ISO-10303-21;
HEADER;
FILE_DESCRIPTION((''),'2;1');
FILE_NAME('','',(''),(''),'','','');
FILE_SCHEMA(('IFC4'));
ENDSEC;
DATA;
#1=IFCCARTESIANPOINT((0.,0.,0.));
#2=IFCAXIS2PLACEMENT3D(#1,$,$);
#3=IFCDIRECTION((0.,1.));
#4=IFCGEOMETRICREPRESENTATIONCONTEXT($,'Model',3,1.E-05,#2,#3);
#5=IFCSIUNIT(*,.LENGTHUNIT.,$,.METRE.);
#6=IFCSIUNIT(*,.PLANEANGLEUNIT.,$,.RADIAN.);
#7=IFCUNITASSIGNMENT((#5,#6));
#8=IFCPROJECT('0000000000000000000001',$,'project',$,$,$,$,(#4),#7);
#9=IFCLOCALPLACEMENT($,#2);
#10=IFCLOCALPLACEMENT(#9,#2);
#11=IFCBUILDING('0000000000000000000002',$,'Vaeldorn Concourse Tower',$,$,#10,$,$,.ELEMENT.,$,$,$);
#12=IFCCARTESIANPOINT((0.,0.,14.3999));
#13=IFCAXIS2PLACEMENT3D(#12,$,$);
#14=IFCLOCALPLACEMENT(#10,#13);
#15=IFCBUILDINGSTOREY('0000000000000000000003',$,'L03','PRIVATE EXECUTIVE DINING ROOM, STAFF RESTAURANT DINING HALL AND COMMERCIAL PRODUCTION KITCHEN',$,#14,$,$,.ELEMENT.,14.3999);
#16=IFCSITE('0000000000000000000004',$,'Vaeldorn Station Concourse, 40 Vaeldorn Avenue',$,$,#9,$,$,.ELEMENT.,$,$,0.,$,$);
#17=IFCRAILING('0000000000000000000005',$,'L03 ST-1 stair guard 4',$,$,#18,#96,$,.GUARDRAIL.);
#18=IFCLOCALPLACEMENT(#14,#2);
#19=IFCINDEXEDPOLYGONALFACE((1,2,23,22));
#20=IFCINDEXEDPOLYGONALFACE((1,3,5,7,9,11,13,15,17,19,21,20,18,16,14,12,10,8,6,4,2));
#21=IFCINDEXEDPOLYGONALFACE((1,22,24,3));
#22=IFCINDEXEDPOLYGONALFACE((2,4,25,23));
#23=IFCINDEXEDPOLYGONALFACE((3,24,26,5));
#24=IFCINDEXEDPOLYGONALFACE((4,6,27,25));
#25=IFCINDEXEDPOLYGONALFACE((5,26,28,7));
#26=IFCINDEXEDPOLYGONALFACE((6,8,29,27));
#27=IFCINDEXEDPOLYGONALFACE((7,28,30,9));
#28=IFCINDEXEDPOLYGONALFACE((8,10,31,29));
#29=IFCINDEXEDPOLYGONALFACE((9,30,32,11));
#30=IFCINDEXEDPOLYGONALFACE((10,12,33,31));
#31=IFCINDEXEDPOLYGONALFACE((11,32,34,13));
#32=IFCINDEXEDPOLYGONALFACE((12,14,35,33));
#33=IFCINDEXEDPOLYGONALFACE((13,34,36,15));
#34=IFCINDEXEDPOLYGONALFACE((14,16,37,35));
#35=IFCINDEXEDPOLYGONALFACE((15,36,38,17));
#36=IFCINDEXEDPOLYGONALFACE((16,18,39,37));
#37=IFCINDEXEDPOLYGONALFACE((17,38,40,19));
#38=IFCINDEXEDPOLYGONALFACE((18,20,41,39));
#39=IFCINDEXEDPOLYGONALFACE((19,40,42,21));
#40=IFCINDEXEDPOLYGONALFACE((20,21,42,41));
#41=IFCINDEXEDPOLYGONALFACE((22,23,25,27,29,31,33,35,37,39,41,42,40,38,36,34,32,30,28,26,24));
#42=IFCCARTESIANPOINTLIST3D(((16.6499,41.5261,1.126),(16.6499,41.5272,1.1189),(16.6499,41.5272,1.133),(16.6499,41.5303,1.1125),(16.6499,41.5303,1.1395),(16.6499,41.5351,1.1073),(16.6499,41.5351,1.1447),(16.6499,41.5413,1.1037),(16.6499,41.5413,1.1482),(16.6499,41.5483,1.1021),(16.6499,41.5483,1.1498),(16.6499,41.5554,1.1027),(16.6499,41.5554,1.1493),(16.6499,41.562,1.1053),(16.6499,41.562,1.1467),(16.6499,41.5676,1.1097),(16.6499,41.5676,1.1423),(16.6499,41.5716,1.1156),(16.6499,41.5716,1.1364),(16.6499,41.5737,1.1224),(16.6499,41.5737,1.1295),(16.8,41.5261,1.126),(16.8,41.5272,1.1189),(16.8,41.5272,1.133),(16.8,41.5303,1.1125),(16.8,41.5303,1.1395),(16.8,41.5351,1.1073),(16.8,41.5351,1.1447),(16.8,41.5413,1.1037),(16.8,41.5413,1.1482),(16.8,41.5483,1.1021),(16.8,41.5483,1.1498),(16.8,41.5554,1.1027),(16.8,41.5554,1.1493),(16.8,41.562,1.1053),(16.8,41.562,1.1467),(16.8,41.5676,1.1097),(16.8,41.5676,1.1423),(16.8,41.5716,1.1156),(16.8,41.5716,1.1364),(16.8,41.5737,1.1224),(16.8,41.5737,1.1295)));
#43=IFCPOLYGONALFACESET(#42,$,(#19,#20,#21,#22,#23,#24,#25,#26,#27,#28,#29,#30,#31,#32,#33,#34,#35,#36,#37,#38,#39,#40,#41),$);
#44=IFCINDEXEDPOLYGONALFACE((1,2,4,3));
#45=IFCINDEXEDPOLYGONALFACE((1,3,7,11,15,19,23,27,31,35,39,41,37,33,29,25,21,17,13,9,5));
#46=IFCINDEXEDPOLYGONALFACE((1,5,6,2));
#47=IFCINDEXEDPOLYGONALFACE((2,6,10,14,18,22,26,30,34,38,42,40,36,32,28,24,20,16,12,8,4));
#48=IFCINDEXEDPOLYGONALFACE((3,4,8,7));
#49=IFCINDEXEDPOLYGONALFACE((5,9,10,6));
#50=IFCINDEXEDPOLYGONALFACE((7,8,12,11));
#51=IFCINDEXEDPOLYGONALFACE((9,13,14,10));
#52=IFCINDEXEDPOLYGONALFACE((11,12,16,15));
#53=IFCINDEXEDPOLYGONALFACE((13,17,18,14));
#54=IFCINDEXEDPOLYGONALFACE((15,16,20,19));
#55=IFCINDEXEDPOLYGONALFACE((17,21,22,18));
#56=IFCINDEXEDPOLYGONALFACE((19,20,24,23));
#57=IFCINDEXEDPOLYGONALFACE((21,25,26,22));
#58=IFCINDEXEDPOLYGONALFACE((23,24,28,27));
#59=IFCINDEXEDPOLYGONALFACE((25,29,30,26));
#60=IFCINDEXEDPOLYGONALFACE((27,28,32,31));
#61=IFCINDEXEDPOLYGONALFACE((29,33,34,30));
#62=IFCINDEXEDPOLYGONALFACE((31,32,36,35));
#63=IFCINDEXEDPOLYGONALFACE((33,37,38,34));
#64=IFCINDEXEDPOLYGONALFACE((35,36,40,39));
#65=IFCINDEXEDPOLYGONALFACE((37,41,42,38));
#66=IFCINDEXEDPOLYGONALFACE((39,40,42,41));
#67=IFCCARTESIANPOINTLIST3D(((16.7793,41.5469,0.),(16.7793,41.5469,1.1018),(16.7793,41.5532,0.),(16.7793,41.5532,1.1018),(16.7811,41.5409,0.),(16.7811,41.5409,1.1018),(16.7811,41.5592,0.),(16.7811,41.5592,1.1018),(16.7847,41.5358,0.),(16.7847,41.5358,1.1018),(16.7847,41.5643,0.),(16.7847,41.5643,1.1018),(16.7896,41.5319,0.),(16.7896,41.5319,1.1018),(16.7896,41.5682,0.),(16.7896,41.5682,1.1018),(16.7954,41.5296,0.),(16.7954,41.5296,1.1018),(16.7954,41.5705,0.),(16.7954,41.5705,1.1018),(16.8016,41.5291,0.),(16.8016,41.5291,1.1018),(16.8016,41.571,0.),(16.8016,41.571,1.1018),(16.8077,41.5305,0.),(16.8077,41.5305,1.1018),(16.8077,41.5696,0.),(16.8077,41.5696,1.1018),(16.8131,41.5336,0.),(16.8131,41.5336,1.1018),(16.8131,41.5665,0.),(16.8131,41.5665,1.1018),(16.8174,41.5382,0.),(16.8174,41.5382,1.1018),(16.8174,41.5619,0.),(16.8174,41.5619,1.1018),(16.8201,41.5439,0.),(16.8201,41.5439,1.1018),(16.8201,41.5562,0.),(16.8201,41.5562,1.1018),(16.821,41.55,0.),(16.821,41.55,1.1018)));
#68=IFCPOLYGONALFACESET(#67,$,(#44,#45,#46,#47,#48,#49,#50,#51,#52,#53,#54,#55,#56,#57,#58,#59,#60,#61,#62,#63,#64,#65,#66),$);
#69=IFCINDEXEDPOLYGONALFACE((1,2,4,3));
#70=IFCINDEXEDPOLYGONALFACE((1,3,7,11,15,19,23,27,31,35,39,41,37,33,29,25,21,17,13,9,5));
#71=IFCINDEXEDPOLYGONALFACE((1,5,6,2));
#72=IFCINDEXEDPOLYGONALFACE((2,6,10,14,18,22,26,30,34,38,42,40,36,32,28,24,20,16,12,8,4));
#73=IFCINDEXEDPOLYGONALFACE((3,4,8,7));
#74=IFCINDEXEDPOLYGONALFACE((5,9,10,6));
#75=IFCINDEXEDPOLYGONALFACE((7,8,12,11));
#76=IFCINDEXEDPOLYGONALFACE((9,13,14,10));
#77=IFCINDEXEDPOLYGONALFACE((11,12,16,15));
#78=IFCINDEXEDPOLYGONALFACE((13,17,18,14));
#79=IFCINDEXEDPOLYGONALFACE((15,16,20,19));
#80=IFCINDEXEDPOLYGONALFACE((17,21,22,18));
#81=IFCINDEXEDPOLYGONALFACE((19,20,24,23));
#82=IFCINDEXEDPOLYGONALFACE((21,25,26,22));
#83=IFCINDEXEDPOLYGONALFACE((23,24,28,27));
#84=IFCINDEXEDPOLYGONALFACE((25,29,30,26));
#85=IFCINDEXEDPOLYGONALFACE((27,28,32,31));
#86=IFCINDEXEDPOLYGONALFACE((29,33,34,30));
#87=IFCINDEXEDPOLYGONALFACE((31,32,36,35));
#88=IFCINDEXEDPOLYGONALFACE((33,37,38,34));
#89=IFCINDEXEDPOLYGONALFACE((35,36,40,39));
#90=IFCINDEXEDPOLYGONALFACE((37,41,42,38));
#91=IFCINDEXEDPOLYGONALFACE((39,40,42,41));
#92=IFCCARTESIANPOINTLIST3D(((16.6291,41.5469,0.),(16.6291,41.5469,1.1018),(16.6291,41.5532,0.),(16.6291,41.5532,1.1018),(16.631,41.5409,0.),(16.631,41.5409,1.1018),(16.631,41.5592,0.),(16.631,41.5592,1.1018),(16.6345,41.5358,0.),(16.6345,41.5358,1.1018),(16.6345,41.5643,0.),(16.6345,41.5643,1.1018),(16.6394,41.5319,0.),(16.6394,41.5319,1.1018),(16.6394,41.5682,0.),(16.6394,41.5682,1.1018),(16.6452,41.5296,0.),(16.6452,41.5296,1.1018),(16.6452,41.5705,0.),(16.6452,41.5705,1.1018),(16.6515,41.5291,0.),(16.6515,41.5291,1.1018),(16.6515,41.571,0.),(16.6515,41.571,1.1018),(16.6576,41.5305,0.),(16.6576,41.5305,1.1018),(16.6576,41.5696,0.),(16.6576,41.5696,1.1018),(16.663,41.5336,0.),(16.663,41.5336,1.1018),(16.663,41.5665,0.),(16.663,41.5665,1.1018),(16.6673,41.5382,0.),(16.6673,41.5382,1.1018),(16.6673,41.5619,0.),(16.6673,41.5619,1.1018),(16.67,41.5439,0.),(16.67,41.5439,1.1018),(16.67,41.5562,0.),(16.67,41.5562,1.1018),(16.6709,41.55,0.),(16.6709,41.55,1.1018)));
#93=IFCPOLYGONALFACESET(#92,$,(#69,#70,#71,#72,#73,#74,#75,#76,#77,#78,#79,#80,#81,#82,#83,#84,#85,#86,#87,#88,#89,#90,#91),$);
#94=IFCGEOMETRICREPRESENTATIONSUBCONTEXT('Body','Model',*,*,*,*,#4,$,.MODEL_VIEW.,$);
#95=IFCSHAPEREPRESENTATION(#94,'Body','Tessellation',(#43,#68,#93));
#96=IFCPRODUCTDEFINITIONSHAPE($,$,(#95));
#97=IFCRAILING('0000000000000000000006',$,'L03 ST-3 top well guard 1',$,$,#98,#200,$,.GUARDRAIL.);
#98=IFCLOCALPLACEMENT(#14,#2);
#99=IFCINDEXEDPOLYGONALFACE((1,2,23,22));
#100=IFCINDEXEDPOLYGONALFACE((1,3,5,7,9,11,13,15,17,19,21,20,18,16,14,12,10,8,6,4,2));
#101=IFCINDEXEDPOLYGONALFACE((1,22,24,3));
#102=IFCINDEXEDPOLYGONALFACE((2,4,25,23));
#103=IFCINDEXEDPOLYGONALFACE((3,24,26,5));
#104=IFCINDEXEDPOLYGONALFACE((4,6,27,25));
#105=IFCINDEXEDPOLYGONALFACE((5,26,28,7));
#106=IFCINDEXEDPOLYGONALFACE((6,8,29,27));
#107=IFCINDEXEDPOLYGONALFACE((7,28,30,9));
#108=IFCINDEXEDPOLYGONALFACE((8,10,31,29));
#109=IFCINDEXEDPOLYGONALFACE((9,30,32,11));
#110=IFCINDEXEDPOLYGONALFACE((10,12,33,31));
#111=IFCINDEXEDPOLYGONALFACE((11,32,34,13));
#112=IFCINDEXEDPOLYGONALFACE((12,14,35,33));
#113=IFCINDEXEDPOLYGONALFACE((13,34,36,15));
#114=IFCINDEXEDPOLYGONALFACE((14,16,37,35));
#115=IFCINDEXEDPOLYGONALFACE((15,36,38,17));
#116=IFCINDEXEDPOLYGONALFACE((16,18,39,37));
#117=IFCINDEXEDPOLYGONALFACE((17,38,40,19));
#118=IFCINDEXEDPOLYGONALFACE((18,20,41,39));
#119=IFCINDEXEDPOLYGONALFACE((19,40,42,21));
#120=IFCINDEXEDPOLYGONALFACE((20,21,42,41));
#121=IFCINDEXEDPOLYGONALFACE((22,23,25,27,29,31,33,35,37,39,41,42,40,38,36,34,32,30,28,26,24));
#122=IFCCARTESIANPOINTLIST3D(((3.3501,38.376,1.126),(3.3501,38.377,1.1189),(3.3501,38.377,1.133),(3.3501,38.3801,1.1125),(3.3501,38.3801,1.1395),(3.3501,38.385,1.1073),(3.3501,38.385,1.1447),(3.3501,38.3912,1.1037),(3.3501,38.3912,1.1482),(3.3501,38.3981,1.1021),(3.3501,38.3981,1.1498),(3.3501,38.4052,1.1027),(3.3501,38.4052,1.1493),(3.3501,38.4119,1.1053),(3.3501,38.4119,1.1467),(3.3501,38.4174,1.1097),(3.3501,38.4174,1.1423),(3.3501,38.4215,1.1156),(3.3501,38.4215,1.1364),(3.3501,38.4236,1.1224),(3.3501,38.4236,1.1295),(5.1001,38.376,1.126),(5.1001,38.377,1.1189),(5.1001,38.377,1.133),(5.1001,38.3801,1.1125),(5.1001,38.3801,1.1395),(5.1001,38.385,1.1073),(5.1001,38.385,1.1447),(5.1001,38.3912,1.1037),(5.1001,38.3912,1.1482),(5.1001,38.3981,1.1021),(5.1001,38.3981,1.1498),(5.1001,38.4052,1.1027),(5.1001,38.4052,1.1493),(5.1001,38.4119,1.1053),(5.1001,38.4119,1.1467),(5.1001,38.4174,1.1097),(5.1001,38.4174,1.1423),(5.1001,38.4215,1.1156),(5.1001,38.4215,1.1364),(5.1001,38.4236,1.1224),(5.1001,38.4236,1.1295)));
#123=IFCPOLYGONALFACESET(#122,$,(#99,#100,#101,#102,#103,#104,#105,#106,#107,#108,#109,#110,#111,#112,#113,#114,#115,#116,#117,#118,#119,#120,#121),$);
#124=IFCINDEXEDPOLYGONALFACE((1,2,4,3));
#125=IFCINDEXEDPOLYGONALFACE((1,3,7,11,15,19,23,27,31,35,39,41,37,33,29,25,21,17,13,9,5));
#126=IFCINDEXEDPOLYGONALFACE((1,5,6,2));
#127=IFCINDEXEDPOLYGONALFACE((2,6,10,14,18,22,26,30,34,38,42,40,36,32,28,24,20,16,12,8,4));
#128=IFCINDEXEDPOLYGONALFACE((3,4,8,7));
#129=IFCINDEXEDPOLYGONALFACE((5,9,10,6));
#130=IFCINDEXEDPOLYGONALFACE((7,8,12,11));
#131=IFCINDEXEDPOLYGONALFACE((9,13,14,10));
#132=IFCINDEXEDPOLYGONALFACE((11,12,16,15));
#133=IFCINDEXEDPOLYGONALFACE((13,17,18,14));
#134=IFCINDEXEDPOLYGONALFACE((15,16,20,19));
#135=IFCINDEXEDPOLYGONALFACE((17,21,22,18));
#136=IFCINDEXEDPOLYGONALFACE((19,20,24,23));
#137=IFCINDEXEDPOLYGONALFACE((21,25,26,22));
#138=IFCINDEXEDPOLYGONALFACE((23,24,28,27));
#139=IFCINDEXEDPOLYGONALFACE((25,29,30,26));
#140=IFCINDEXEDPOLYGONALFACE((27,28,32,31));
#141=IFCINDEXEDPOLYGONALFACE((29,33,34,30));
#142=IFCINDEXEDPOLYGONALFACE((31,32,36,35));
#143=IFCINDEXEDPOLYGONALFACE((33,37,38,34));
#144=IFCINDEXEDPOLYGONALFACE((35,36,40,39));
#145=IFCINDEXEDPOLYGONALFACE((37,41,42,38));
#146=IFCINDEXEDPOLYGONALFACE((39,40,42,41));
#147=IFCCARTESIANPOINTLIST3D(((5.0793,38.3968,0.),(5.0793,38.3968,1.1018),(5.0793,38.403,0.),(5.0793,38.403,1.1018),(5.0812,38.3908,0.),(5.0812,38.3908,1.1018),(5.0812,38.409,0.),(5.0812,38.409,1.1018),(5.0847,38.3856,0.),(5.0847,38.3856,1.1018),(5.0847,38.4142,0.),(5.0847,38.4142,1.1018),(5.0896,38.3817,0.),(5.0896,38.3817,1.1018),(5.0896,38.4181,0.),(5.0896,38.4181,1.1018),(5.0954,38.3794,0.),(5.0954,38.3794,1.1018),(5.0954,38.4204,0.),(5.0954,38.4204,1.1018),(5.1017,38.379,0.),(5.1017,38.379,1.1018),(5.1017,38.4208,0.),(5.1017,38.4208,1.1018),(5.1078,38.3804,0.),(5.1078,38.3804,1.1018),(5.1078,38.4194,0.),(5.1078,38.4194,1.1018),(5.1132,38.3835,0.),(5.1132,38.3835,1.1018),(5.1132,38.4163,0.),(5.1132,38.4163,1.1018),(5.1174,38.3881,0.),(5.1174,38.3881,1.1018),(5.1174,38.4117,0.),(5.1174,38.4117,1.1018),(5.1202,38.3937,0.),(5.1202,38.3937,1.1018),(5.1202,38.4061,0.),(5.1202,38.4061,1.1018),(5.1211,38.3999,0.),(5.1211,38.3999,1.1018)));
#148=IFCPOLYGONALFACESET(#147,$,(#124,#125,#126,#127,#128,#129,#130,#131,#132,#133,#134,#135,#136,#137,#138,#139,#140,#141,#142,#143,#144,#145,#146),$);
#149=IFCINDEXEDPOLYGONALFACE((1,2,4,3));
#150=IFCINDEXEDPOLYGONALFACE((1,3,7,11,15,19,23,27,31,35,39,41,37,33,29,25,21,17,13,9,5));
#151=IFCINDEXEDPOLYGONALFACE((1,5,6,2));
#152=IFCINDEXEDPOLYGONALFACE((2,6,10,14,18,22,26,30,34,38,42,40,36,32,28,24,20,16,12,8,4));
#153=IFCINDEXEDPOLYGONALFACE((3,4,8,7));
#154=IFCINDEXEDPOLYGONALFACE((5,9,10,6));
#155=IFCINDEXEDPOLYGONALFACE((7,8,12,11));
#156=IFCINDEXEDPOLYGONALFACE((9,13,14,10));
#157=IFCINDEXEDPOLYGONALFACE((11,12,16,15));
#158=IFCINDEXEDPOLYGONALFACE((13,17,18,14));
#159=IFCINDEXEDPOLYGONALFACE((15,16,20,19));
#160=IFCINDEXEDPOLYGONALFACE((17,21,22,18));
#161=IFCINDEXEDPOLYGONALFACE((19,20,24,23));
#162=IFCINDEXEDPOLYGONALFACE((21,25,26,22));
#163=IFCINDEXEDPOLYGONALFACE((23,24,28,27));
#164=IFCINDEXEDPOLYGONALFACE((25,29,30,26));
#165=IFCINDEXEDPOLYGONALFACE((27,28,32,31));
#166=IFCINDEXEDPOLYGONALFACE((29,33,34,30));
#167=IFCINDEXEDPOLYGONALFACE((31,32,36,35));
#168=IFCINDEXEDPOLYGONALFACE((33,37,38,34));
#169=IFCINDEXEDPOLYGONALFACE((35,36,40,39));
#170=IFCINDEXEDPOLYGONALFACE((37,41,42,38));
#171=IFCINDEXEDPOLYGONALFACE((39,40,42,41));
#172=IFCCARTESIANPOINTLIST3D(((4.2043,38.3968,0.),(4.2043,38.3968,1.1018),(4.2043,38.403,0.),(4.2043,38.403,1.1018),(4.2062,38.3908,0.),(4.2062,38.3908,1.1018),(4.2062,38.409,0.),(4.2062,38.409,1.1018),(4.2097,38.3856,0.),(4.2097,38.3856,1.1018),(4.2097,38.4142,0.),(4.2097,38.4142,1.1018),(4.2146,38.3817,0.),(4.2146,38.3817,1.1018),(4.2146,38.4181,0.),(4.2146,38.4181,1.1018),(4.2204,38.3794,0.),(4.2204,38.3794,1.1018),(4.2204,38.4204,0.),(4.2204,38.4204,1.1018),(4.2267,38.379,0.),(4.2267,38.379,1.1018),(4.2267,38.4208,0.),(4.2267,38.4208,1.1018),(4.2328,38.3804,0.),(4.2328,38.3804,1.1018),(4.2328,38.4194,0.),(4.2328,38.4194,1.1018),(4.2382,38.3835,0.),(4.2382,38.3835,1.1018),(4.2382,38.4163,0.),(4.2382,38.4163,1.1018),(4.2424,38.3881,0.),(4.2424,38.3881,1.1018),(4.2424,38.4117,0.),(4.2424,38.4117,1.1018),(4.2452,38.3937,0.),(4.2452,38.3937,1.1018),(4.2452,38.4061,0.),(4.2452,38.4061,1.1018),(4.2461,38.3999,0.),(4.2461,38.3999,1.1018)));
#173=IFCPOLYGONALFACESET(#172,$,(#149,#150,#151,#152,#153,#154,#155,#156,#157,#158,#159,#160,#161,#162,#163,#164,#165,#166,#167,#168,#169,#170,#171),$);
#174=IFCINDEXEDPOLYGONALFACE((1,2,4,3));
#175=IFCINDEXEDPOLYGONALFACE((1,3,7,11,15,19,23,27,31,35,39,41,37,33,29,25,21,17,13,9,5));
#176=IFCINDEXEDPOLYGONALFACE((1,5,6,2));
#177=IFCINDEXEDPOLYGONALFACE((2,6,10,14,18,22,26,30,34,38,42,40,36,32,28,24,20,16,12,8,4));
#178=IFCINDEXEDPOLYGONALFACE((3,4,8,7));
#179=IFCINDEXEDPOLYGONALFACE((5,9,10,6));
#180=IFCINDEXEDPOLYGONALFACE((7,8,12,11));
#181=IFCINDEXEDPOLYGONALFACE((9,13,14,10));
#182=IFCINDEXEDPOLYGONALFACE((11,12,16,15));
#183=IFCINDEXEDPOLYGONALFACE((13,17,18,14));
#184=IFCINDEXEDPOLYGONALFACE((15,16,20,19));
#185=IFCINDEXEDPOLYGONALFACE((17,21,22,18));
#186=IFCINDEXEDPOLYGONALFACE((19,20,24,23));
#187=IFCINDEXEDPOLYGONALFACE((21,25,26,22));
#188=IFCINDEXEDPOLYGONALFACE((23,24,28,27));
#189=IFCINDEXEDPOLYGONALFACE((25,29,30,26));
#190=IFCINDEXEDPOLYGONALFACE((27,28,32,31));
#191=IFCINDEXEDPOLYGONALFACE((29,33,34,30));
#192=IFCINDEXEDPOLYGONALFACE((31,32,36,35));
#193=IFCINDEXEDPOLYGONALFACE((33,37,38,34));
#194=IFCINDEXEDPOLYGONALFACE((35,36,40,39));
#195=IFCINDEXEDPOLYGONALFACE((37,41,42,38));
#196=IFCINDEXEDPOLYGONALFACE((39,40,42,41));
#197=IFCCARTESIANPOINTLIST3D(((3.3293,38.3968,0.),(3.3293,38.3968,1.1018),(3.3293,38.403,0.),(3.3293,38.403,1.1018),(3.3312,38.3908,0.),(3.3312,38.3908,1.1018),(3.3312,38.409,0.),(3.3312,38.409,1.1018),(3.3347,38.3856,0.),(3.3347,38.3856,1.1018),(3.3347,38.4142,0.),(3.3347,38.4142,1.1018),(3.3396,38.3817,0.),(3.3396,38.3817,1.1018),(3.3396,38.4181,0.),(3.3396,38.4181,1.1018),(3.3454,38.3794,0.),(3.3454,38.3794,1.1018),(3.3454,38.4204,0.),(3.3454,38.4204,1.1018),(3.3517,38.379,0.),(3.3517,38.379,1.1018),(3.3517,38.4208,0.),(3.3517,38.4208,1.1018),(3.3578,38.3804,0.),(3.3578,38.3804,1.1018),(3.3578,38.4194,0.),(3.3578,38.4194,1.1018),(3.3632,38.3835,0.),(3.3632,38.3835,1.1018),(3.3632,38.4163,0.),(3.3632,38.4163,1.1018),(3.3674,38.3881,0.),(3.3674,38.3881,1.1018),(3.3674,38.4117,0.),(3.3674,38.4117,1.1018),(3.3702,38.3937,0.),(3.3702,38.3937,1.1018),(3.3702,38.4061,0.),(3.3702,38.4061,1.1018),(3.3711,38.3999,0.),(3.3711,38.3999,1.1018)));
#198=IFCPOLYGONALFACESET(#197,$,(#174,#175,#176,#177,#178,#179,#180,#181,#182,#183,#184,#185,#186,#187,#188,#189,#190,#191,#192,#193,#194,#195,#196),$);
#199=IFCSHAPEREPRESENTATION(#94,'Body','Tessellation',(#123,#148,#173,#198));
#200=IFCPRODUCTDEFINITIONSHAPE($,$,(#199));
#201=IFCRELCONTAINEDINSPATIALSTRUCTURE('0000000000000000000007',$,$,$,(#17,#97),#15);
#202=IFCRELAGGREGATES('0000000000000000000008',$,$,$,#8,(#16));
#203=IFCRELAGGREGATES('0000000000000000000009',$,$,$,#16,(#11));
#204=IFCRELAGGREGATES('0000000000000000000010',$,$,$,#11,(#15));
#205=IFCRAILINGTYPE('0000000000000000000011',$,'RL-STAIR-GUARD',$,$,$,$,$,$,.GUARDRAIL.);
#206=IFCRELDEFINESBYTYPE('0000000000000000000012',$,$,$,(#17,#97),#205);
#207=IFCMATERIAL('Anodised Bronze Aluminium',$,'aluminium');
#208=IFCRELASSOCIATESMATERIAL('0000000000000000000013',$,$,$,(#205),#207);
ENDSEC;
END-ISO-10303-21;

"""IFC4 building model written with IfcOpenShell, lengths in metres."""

from ifc_helpers import new_model, si_unit, direction, frame, origin, origin_2d, place, context, subcontext, project, spatial, circle, extrude, material, type_object, element, save


model = new_model("IFC4")

# Units and contexts
model_context = context("Model", 3, precision=1e-05, world=origin(), true_north=direction((0.0, 1.0)))
body_context = subcontext(model_context, "Body", "Model", "MODEL_VIEW")
ifc_project = project(units=[si_unit("LENGTHUNIT", "METRE"), si_unit("PLANEANGLEUNIT", "RADIAN")], contexts=[model_context])

# Site, building, storey
site_placement = place(None, origin())
site = spatial("IfcSite", under=ifc_project, at=site_placement, Name="Vaeldorn Station Concourse, 40 Vaeldorn Avenue", CompositionType="ELEMENT", RefElevation=0.0)
building_placement = place(site_placement, origin())
building = spatial("IfcBuilding", under=site, at=building_placement, Name="Vaeldorn Concourse Tower", CompositionType="ELEMENT")
storey_placement = place(building_placement, frame((0.0, 0.0, 14.3999)))
storey = spatial("IfcBuildingStorey", under=building, at=storey_placement, Name="L03", Description="PRIVATE EXECUTIVE DINING ROOM, STAFF RESTAURANT DINING HALL AND COMMERCIAL PRODUCTION KITCHEN", CompositionType="ELEMENT", Elevation=14.3999)

# Railings
ifc_material_1 = material(Name="Anodised Bronze Aluminium", Category="aluminium")
railing_type = type_object("IfcRailingType", Name="RL-STAIR-GUARD", PredefinedType="GUARDRAIL", material=ifc_material_1)
railing_1_placement = place(storey_placement, frame((16.8, 41.55, 0.0)))
element("IfcRailing", 1, at=railing_1_placement, inside=storey, type_object=railing_type, Name="L03 ST-1 stair guard 4", PredefinedType="GUARDRAIL", context=body_context, shape_type="SweptSolid", body=[
    extrude(circle(Radius=0.0239, at=origin_2d()), frame((0.0, 0.0, 1.126), z_axis=(-1.0, 0.0, 0.0), x_axis=(0.0, -1.0, 0.0)), (0.0, 0.0, 1.0), 0.1501),
    extrude(circle(Radius=0.021, at=origin_2d()), origin(), (0.0, 0.0, 1.0), 1.1018),
    extrude(circle(Radius=0.021, at=origin_2d()), frame((-0.1501, 0.0, 0.0)), (0.0, 0.0, 1.0), 1.1018),
])
railing_2_placement = place(storey_placement, frame((5.1001, 38.3999, 0.0)))
element("IfcRailing", 2, at=railing_2_placement, inside=storey, type_object=railing_type, Name="L03 ST-3 top well guard 1", PredefinedType="GUARDRAIL", context=body_context, shape_type="SweptSolid", body=[
    extrude(circle(Radius=0.0239, at=origin_2d()), frame((0.0, 0.0, 1.126), z_axis=(-1.0, 0.0, 0.0), x_axis=(0.0, -1.0, 0.0)), (0.0, 0.0, 1.0), 1.75),
    extrude(circle(Radius=0.021, at=origin_2d()), origin(), (0.0, 0.0, 1.0), 1.1018),
    extrude(circle(Radius=0.021, at=origin_2d()), frame((-0.875, 0.0, 0.0)), (0.0, 0.0, 1.0), 1.1018),
    extrude(circle(Radius=0.021, at=origin_2d()), frame((-1.75, 0.0, 0.0)), (0.0, 0.0, 1.0), 1.1018),
])

save(model, "model.ifc")
